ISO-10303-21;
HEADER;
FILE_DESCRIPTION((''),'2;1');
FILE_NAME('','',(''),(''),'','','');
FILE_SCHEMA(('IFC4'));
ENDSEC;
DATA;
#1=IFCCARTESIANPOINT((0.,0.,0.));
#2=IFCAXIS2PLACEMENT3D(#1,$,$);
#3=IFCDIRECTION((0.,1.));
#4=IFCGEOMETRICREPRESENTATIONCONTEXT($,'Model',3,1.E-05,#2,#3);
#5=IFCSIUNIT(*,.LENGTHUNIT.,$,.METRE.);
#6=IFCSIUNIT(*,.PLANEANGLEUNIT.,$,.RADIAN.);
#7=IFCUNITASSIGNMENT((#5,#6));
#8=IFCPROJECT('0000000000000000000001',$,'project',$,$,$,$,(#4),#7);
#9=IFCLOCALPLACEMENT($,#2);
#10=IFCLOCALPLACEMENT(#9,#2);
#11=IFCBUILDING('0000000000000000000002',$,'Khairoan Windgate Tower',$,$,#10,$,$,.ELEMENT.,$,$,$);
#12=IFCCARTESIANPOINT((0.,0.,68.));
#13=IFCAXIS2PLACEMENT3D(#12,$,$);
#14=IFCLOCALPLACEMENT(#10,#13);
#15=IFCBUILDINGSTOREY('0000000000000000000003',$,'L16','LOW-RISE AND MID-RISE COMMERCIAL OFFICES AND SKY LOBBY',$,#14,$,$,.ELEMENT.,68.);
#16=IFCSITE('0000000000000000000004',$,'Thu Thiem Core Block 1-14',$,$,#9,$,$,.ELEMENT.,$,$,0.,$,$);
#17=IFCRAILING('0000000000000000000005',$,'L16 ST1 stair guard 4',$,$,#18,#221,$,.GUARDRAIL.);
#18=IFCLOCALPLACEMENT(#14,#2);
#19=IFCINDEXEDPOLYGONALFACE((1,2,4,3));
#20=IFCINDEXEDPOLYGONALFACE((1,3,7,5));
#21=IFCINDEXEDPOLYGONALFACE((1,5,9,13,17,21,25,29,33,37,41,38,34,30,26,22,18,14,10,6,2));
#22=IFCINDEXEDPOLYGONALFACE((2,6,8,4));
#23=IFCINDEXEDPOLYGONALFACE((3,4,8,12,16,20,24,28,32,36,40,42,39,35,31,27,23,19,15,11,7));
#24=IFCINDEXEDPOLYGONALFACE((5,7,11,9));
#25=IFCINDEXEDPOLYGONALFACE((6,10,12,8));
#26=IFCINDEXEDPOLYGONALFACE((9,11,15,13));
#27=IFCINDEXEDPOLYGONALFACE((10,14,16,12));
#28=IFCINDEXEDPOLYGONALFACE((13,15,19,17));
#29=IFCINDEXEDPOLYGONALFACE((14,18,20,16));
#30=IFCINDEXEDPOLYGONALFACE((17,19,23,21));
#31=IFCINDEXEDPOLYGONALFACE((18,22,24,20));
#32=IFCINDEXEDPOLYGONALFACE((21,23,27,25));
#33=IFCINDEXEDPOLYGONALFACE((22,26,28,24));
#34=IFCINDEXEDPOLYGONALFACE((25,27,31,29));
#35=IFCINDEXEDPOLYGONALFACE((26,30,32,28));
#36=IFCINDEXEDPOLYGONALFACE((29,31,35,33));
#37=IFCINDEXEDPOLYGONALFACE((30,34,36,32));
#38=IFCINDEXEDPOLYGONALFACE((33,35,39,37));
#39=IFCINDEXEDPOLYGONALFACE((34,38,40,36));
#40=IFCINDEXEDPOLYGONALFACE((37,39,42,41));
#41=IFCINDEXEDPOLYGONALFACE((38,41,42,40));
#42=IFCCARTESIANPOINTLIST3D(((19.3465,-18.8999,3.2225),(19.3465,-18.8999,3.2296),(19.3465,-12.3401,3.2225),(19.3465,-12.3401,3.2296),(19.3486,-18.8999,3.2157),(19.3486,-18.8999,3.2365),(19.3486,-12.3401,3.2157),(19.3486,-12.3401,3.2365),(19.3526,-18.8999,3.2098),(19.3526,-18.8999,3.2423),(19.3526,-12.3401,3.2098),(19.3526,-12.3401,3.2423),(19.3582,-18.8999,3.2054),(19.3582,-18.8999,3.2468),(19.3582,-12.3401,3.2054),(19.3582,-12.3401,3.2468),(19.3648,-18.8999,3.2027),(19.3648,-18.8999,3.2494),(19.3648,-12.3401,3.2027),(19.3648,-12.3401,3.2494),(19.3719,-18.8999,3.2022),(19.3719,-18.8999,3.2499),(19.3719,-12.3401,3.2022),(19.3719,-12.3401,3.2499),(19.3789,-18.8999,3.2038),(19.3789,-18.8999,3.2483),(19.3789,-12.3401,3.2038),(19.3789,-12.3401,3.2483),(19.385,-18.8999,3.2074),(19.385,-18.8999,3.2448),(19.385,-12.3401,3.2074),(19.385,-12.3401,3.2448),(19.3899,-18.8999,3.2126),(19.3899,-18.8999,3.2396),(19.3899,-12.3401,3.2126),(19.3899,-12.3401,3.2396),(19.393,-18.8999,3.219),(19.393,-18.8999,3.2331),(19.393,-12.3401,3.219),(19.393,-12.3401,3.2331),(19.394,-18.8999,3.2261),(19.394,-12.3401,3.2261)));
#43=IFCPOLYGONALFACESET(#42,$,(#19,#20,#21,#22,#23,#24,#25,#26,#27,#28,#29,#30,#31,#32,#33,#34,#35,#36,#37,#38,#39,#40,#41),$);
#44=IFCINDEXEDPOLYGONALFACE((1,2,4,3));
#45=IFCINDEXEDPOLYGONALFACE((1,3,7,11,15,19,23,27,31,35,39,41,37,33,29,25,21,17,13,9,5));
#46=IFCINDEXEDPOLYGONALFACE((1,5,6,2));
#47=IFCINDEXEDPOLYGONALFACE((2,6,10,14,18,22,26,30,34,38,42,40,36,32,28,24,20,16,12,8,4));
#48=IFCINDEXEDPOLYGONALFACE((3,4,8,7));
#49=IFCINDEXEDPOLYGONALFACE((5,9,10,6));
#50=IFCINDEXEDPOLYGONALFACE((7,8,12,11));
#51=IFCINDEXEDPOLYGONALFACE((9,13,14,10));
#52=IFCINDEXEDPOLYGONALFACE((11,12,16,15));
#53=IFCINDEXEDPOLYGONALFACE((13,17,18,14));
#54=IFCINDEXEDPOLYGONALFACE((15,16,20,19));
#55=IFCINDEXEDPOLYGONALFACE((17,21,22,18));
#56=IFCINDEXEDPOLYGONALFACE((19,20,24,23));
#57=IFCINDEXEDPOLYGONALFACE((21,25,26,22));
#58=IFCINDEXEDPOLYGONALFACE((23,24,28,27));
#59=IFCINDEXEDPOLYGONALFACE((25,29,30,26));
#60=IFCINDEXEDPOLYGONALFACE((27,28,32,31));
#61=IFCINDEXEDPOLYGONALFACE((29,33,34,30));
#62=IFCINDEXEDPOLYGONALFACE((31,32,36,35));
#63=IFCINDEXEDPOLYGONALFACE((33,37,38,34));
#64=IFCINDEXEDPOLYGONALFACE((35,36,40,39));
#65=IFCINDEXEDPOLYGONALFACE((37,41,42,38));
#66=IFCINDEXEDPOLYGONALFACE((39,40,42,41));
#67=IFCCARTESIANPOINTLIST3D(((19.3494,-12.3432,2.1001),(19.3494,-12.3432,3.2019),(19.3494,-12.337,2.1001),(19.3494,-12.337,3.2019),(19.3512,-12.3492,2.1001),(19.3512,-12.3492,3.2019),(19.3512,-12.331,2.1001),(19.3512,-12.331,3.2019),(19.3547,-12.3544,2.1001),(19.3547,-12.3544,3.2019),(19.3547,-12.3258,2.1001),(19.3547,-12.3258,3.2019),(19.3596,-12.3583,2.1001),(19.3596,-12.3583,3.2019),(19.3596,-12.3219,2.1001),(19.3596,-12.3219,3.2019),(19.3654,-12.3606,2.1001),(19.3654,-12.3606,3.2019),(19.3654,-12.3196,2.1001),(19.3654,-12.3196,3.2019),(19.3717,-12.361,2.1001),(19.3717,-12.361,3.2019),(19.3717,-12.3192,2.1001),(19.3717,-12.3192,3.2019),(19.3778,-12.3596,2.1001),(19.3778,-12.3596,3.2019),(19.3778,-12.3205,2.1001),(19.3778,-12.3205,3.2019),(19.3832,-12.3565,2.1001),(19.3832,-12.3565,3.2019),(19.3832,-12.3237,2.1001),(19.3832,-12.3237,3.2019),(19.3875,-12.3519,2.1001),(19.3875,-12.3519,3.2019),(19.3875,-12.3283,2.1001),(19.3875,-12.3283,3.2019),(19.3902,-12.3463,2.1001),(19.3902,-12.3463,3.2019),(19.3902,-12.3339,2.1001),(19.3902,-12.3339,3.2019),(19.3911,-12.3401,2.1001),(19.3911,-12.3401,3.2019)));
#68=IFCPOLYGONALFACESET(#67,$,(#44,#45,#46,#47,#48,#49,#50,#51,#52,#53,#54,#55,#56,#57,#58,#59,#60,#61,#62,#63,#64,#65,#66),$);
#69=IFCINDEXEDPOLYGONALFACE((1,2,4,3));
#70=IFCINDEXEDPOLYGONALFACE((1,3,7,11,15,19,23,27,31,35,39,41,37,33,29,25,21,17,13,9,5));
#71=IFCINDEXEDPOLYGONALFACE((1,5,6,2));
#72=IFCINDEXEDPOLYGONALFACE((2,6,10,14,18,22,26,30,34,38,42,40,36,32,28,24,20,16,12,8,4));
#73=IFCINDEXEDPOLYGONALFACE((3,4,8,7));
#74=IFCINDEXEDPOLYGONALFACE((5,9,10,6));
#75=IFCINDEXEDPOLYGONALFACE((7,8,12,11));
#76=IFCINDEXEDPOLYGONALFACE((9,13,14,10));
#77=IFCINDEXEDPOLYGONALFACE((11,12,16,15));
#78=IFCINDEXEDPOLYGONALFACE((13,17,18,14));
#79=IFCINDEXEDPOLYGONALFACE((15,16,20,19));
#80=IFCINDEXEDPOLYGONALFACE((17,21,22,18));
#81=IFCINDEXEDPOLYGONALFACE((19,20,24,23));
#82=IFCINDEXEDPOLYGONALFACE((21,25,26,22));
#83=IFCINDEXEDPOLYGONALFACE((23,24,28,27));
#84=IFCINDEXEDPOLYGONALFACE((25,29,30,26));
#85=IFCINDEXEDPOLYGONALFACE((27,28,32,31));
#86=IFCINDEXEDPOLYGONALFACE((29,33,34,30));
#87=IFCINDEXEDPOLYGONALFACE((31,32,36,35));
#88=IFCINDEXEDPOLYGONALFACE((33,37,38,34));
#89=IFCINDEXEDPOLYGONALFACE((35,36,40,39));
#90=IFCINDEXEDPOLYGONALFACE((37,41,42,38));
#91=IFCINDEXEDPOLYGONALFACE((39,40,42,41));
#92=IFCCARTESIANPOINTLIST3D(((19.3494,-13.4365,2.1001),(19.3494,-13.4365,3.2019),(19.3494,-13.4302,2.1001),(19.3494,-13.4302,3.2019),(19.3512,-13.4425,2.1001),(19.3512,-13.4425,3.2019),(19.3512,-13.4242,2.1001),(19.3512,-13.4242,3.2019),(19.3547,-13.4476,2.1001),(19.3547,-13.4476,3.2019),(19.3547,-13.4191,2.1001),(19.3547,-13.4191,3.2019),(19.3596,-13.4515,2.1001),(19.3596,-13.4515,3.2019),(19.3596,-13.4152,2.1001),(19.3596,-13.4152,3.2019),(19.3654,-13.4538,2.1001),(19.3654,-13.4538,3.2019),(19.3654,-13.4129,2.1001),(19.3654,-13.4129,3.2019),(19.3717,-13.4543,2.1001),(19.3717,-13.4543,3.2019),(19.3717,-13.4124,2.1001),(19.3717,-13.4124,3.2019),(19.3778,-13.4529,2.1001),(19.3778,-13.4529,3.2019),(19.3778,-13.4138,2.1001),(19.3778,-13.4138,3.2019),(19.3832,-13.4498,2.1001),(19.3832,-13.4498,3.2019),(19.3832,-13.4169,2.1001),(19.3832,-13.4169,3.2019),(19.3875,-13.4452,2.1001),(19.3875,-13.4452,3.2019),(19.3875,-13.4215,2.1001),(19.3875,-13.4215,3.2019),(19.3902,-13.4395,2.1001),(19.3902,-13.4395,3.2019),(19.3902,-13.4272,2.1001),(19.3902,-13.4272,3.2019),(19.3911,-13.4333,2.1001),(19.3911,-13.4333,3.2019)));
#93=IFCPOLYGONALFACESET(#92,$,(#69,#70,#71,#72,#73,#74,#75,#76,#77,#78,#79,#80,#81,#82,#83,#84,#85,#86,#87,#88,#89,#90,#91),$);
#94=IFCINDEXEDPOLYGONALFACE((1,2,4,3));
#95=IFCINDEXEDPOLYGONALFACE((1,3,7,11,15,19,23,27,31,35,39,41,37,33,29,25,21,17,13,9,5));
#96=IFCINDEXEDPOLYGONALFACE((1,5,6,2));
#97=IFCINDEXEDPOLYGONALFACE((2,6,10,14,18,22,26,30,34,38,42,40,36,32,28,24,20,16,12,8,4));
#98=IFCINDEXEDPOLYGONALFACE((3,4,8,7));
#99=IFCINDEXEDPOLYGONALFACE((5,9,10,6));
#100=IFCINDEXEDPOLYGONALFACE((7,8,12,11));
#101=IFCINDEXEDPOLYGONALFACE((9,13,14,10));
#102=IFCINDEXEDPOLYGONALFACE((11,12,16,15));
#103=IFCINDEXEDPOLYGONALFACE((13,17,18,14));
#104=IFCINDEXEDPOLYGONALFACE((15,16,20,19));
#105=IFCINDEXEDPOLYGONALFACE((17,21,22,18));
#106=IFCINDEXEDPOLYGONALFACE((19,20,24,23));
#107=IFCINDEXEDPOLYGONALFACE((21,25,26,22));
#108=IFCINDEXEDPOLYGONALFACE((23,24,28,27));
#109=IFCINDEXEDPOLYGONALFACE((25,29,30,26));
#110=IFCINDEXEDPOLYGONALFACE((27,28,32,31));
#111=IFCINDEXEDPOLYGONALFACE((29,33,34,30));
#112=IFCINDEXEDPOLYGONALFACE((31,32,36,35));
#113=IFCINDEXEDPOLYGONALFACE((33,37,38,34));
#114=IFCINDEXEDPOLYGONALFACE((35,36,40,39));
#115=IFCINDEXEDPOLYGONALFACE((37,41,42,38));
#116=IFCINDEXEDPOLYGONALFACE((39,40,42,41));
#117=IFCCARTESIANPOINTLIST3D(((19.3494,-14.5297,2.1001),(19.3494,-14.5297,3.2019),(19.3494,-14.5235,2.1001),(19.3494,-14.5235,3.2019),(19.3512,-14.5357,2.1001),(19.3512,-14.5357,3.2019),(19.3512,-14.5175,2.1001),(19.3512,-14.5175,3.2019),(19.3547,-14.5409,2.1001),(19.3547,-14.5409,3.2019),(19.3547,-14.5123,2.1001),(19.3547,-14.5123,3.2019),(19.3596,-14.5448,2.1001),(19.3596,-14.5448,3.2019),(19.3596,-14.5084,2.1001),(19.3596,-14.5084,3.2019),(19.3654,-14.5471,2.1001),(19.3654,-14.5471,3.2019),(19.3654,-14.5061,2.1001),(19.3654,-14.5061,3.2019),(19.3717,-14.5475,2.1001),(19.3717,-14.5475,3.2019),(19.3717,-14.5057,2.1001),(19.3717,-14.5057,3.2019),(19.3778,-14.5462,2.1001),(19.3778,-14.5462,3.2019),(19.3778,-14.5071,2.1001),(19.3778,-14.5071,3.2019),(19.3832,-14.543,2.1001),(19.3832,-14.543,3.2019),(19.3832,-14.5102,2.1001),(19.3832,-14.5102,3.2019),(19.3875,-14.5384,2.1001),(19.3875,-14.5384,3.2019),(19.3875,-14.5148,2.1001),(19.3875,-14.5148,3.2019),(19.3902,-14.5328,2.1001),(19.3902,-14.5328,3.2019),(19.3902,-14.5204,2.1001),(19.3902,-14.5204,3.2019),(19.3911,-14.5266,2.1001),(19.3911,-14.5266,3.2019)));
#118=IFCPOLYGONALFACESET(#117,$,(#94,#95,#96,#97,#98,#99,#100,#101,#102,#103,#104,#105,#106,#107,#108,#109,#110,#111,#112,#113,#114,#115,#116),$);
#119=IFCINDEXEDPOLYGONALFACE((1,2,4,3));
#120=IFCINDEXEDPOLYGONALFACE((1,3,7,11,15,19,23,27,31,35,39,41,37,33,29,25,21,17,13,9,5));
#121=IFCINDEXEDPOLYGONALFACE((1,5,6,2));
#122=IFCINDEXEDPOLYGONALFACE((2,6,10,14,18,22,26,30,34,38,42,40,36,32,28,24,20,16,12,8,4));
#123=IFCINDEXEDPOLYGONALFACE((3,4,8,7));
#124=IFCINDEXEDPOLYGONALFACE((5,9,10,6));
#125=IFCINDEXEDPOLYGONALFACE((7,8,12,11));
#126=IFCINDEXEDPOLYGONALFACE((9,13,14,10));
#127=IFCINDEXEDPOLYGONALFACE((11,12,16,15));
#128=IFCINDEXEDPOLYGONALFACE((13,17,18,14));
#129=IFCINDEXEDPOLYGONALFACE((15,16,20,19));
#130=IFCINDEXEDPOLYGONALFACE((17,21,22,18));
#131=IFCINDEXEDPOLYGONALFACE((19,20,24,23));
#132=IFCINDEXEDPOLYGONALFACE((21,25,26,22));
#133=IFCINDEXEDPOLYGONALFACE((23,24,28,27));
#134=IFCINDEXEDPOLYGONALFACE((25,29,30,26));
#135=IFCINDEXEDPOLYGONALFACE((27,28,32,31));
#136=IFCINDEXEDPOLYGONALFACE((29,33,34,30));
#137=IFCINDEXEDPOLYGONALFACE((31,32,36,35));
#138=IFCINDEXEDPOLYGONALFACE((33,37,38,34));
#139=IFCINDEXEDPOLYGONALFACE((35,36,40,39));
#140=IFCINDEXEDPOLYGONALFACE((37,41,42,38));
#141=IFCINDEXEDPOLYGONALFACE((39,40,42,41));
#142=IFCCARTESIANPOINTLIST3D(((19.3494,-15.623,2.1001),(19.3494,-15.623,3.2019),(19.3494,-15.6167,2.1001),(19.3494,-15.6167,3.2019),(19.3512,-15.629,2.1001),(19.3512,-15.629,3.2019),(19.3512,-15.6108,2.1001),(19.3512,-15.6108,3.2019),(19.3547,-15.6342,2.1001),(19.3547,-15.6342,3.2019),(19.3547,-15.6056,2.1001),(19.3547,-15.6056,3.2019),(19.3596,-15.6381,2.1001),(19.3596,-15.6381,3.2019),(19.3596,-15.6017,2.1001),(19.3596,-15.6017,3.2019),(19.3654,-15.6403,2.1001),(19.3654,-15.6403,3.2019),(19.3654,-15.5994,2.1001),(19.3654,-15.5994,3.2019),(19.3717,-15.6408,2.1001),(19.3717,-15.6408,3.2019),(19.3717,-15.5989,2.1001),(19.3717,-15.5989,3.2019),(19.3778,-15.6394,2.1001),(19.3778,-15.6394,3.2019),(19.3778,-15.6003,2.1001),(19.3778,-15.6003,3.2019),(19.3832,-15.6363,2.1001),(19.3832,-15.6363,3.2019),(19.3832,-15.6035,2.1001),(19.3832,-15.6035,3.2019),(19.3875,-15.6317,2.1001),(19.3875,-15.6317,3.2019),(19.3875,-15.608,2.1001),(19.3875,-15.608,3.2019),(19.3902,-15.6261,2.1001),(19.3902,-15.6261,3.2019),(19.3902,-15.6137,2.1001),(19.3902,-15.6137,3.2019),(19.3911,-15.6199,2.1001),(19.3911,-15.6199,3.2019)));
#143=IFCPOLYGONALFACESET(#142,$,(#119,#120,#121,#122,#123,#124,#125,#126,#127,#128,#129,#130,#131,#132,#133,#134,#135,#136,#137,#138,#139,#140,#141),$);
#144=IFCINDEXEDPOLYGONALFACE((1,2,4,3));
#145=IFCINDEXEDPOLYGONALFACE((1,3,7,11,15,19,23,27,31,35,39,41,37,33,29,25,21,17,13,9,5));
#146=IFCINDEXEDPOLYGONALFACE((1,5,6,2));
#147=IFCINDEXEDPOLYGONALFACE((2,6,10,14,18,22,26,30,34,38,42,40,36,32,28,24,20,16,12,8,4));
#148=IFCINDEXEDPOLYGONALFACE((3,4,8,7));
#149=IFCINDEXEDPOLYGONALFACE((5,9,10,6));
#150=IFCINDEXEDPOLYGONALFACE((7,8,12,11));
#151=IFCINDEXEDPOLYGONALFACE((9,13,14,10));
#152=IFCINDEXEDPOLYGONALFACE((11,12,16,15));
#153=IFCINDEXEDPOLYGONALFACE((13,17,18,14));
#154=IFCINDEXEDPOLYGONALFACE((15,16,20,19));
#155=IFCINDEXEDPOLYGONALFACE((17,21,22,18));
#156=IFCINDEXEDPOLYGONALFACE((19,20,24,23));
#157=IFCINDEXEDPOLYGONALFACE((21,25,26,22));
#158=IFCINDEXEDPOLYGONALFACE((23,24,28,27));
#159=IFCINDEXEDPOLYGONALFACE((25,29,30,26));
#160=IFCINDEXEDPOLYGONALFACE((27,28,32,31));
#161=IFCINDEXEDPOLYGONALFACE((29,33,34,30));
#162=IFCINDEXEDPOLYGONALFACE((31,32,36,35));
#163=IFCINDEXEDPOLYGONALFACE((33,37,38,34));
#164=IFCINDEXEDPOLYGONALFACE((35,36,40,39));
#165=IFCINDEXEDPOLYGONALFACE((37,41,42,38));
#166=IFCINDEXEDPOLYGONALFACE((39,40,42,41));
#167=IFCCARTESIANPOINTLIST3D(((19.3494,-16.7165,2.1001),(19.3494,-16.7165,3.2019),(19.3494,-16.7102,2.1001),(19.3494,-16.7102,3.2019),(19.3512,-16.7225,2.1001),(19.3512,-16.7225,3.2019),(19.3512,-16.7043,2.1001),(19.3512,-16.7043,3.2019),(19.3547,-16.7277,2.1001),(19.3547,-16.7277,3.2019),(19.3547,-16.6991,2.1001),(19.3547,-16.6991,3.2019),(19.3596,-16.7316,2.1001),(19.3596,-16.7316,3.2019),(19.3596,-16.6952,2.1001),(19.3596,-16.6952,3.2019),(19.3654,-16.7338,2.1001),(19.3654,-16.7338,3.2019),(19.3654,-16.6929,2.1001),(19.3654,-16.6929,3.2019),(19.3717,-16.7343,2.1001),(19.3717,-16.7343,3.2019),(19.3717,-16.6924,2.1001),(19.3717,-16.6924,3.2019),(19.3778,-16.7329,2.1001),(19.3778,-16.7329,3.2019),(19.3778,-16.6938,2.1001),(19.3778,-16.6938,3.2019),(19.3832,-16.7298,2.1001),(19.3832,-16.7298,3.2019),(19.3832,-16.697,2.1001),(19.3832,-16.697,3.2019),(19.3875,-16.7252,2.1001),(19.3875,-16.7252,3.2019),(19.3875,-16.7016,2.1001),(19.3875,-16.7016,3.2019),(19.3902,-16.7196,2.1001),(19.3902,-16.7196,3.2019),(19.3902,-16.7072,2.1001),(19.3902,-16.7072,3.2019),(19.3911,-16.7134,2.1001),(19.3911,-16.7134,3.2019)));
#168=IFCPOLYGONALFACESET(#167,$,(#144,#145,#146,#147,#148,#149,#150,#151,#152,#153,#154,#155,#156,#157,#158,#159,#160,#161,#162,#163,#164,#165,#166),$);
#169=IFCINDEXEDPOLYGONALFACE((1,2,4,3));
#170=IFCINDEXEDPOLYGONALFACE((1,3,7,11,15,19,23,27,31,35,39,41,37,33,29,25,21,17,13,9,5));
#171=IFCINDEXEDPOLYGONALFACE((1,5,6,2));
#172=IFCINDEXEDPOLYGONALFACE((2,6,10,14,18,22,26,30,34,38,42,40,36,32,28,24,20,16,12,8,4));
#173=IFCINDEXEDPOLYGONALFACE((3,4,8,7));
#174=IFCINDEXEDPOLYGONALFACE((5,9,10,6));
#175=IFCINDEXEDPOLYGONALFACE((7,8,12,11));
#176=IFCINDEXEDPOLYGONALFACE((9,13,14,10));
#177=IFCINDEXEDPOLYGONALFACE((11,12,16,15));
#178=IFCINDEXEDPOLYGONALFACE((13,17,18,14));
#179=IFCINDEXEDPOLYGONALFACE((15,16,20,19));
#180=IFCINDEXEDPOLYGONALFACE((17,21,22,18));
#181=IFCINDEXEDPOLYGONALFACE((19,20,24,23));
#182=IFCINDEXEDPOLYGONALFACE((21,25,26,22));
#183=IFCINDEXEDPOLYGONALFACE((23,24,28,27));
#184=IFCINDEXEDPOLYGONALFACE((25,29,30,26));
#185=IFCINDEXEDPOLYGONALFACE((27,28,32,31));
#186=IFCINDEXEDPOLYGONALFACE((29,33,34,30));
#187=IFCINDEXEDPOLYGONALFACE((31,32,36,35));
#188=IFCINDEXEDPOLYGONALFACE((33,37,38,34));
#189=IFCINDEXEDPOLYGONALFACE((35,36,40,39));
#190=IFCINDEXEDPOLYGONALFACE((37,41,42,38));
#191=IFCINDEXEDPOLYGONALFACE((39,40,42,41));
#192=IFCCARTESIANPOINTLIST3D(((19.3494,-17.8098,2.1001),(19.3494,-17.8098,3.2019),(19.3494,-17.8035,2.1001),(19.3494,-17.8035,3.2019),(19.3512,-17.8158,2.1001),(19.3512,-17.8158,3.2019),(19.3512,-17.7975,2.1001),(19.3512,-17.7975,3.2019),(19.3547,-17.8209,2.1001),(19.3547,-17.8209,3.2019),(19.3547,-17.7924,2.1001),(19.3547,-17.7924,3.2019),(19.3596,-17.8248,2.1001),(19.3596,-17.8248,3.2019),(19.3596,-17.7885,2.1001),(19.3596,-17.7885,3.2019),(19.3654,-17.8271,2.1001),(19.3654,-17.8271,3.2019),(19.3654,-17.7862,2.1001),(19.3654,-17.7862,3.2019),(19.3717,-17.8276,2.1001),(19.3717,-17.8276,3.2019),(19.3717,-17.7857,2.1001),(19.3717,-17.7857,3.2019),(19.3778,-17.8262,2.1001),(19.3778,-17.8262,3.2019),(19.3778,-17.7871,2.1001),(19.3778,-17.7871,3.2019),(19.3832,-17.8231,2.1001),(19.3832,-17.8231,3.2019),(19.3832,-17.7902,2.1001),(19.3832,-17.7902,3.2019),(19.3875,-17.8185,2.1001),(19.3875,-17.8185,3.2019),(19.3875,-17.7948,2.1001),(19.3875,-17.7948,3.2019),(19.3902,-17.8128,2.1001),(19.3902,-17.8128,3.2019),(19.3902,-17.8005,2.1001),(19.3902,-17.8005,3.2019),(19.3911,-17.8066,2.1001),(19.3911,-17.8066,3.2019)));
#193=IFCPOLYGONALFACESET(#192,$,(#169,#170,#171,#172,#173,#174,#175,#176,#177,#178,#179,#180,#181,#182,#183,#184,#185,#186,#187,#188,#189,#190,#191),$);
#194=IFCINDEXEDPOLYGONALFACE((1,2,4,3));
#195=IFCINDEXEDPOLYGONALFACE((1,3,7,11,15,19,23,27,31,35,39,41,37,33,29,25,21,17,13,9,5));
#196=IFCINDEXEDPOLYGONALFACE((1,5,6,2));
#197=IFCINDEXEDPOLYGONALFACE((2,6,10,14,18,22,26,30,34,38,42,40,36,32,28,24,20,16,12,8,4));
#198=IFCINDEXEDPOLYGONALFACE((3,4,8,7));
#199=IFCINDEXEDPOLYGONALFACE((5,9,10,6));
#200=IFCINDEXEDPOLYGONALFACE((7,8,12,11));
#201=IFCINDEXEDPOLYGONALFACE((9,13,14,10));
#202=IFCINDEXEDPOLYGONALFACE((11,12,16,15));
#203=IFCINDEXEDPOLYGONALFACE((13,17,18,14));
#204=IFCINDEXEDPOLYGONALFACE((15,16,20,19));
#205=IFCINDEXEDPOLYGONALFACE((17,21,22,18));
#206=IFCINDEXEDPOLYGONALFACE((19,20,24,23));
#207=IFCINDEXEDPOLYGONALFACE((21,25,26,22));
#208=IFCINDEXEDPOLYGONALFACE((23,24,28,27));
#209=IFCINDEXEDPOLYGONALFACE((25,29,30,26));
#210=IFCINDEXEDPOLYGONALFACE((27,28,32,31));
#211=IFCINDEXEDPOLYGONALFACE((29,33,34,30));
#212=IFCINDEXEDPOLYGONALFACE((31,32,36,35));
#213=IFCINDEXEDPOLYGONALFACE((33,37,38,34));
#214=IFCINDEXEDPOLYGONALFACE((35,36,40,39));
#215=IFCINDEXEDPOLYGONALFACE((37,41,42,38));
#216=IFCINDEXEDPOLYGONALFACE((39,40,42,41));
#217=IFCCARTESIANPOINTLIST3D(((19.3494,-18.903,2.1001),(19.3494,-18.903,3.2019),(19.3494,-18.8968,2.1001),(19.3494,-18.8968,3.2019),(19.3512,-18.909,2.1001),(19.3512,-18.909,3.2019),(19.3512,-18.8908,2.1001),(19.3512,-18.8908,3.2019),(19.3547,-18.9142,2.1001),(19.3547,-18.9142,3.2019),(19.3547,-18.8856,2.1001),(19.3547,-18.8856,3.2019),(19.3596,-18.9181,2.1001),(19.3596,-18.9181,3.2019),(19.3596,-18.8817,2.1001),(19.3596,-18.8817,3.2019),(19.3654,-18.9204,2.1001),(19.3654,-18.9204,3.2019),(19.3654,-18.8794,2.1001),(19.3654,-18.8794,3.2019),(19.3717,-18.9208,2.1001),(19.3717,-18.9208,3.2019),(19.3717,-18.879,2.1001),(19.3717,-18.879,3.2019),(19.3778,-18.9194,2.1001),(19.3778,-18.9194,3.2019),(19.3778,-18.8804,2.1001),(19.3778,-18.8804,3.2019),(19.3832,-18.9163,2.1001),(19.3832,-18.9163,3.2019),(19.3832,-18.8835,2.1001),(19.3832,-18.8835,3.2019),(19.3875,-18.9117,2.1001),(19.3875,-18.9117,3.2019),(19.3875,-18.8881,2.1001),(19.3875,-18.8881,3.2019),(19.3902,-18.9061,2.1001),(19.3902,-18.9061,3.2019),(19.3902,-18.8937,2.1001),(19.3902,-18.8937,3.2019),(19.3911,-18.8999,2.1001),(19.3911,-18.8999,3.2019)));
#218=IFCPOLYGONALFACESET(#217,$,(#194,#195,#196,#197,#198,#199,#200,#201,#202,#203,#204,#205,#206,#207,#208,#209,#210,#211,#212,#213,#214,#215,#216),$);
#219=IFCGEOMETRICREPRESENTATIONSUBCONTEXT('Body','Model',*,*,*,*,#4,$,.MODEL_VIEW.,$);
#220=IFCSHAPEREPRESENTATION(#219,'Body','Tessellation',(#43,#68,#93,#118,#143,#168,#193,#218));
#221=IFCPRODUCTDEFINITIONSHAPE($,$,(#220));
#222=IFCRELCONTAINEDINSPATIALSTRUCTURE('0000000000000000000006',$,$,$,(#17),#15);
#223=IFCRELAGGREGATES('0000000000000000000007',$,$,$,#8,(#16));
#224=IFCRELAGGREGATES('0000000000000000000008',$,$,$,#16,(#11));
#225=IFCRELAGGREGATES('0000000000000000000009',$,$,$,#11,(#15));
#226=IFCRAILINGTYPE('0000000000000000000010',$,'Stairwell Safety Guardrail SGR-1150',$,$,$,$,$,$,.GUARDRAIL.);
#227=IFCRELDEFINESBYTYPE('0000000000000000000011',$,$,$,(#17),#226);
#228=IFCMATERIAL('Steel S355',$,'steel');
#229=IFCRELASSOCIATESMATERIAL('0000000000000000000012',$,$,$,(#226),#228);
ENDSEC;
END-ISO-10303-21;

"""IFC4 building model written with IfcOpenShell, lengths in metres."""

from ifc_helpers import new_model, si_unit, direction, frame, origin, origin_2d, place, context, subcontext, project, spatial, circle, extrude, material, type_object, element, save


model = new_model("IFC4")

# Units and contexts
model_context = context("Model", 3, precision=1e-05, world=origin(), true_north=direction((0.0, 1.0)))
body_context = subcontext(model_context, "Body", "Model", "MODEL_VIEW")
ifc_project = project(units=[si_unit("LENGTHUNIT", "METRE"), si_unit("PLANEANGLEUNIT", "RADIAN")], contexts=[model_context])

# Site, building, storey
site_placement = place(None, origin())
site = spatial("IfcSite", under=ifc_project, at=site_placement, Name="Thu Thiem Core Block 1-14", CompositionType="ELEMENT", RefElevation=0.0)
building_placement = place(site_placement, origin())
building = spatial("IfcBuilding", under=site, at=building_placement, Name="Khairoan Windgate Tower", CompositionType="ELEMENT")
storey_placement = place(building_placement, frame((0.0, 0.0, 68.0)))
storey = spatial("IfcBuildingStorey", under=building, at=storey_placement, Name="L16", Description="LOW-RISE AND MID-RISE COMMERCIAL OFFICES AND SKY LOBBY", CompositionType="ELEMENT", Elevation=68.0)

# Railing
ifc_material_1 = material(Name="Steel S355", Category="steel")
railing_type_1 = type_object("IfcRailingType", Name="Stairwell Safety Guardrail SGR-1150", PredefinedType="GUARDRAIL", material=ifc_material_1)
railing_1_placement = place(storey_placement, frame((19.3701, -12.3401, 2.1001)))
element("IfcRailing", 1, at=railing_1_placement, inside=storey, type_object=railing_type_1, Name="L16 ST1 stair guard 4", PredefinedType="GUARDRAIL", context=body_context, shape_type="SweptSolid", body=[
    extrude(circle(Radius=0.0239, at=origin_2d()), frame((0.0, 0.0, 1.126), z_axis=(0.0, -1.0, 0.0), x_axis=(1.0, 0.0, 0.0)), (0.0, 0.0, 1.0), 6.5598),
    extrude(circle(Radius=0.021, at=origin_2d()), origin(), (0.0, 0.0, 1.0), 1.1018),
    extrude(circle(Radius=0.021, at=origin_2d()), frame((0.0, -1.0933, 0.0)), (0.0, 0.0, 1.0), 1.1018),
    extrude(circle(Radius=0.021, at=origin_2d()), frame((0.0, -2.1865, 0.0)), (0.0, 0.0, 1.0), 1.1018),
    extrude(circle(Radius=0.021, at=origin_2d()), frame((0.0, -3.2798, 0.0)), (0.0, 0.0, 1.0), 1.1018),
    extrude(circle(Radius=0.021, at=origin_2d()), frame((0.0, -4.3733, 0.0)), (0.0, 0.0, 1.0), 1.1018),
    extrude(circle(Radius=0.021, at=origin_2d()), frame((0.0, -5.4666, 0.0)), (0.0, 0.0, 1.0), 1.1018),
    extrude(circle(Radius=0.021, at=origin_2d()), frame((0.0, -6.5598, 0.0)), (0.0, 0.0, 1.0), 1.1018),
])

save(model, "model.ifc")
